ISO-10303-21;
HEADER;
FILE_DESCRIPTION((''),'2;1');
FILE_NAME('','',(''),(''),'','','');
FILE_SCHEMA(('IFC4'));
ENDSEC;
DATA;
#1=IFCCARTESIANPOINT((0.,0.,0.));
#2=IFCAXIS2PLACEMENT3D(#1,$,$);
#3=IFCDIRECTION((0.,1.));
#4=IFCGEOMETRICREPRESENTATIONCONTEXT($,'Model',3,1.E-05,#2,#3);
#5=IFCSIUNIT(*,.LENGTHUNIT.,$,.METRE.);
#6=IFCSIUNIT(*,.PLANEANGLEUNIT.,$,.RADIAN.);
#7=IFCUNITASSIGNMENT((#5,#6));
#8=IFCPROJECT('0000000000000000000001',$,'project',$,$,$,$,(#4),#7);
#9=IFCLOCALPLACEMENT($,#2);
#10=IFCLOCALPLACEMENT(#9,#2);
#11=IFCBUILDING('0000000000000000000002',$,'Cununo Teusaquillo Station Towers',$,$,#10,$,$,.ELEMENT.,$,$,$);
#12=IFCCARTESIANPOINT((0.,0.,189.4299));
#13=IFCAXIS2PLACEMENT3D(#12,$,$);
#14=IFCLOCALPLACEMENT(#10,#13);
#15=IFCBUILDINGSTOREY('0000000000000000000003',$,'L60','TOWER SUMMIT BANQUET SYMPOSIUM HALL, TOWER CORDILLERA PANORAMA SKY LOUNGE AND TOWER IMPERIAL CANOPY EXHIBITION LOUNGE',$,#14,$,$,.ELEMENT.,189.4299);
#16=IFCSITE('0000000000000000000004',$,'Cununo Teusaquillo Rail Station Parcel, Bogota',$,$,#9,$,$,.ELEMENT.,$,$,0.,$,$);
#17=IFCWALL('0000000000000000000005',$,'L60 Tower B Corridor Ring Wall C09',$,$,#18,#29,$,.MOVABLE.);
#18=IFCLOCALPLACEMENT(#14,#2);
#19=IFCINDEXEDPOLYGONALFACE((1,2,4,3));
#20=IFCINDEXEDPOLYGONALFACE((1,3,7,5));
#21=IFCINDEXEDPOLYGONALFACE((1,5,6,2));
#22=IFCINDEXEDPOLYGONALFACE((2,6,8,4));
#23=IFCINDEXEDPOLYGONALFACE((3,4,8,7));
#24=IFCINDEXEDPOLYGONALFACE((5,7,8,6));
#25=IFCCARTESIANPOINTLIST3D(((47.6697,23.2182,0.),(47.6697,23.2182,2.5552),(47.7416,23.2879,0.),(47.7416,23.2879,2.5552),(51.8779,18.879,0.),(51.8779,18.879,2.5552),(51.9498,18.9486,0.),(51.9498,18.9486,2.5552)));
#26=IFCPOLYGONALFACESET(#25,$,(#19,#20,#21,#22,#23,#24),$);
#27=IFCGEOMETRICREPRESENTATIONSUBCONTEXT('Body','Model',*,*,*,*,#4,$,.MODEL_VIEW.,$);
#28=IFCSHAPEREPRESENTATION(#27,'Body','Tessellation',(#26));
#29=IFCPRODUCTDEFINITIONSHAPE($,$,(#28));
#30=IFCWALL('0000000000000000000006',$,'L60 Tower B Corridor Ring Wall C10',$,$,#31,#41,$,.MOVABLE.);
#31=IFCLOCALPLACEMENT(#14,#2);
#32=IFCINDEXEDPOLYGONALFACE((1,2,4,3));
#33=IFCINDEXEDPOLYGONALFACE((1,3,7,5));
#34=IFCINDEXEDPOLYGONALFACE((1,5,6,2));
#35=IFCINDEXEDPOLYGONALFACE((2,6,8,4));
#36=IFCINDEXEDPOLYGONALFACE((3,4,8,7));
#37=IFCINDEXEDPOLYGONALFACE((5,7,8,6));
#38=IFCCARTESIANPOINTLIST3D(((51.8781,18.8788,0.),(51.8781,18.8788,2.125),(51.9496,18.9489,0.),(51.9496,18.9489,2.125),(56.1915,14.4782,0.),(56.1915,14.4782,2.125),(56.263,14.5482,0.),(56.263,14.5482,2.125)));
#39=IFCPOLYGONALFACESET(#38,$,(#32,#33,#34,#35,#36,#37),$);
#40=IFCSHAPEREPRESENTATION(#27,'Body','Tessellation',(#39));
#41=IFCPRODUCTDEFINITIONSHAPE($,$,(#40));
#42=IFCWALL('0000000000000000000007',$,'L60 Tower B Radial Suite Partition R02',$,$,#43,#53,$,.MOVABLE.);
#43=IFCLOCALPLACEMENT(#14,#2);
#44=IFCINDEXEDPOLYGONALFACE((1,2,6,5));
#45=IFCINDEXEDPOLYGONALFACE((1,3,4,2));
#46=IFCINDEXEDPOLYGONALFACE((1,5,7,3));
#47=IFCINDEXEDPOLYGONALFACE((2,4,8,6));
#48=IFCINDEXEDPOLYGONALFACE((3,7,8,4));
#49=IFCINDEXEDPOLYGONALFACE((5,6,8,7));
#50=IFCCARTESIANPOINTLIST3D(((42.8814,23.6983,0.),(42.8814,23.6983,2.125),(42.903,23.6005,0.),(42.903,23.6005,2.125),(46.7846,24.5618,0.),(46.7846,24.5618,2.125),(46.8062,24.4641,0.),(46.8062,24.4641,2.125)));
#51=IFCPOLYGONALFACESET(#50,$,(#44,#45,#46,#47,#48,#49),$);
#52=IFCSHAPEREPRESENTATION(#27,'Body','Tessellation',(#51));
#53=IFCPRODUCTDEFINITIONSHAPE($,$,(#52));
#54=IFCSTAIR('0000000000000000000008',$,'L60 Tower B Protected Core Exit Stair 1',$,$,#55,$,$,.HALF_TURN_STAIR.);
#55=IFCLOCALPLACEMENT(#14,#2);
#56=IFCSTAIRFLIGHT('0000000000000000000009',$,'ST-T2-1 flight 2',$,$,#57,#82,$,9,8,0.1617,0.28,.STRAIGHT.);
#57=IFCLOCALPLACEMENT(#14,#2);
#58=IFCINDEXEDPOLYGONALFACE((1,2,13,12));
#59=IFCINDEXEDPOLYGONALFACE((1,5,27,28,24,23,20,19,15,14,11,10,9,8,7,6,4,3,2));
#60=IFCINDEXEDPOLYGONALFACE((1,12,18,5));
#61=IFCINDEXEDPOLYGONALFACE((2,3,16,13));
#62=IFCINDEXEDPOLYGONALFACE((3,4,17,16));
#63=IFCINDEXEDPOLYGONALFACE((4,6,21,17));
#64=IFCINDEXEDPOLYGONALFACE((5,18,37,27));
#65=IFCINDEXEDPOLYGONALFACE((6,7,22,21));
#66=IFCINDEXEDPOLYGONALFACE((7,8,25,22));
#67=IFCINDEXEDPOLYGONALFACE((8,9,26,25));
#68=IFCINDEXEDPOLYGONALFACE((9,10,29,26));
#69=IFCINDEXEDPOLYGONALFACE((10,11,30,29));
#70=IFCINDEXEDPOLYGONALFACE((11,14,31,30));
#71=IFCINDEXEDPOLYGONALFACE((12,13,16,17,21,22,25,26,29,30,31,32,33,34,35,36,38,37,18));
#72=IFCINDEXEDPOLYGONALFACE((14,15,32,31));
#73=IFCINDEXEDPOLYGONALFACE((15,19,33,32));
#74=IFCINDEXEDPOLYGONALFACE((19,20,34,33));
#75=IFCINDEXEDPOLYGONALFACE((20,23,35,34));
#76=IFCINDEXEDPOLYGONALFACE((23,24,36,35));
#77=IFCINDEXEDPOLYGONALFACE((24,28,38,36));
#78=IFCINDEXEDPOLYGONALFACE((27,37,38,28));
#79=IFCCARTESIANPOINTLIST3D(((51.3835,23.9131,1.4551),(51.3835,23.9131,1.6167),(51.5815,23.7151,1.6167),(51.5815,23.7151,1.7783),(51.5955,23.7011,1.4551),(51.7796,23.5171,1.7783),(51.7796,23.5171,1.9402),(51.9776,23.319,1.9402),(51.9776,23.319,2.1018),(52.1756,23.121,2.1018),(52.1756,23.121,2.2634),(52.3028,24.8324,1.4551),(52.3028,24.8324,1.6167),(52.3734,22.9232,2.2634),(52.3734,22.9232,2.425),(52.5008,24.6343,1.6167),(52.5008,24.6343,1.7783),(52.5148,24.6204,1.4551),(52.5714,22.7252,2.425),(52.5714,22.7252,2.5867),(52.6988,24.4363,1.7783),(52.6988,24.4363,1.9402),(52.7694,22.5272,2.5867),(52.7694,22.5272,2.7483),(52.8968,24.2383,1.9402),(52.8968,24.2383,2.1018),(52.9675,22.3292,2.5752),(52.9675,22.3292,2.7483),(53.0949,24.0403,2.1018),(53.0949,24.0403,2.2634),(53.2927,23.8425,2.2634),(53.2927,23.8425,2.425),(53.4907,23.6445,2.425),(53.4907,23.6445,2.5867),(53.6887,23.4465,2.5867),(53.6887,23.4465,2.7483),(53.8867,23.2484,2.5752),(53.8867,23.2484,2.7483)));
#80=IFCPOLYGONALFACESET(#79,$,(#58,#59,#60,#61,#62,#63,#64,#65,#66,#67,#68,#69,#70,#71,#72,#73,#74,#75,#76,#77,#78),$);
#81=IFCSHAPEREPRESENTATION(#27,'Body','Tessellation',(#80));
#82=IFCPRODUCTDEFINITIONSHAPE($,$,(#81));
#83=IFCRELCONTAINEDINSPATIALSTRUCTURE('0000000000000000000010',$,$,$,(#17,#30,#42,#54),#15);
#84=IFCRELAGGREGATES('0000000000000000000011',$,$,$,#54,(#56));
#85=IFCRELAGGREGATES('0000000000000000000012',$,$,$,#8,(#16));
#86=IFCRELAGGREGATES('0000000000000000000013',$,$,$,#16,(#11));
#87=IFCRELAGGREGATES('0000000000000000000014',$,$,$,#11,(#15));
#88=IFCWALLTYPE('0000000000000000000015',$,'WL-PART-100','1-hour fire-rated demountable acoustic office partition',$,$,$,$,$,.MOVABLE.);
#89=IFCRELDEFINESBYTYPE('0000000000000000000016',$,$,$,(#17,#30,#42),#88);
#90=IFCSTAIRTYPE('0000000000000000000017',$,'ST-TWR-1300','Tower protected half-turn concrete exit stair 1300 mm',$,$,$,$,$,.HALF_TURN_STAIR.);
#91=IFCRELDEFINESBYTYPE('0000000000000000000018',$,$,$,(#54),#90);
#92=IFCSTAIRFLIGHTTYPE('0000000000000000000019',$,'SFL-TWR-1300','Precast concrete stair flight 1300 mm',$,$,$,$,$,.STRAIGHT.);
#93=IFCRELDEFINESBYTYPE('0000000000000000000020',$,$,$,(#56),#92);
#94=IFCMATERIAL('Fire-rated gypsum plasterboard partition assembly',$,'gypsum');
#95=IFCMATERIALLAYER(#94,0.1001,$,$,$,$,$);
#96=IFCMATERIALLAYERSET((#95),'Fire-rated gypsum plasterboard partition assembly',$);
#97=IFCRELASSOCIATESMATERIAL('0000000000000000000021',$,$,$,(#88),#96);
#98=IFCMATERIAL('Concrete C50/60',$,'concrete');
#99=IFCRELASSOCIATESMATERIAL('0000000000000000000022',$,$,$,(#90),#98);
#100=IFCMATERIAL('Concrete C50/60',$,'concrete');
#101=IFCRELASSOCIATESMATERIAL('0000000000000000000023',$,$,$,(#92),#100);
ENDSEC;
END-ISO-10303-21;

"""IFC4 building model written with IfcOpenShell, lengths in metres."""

from ifc_helpers import new_model, si_unit, direction, frame, frame_2d, origin, place, context, subcontext, project, spatial, polyline, rectangle, outline, extrude, material, layer, layer_set, type_object, element, aggregate, save


model = new_model("IFC4")

# Units and contexts
model_context = context("Model", 3, precision=1e-05, world=origin(), true_north=direction((0.0, 1.0)))
body_context = subcontext(model_context, "Body", "Model", "MODEL_VIEW")
ifc_project = project(units=[si_unit("LENGTHUNIT", "METRE"), si_unit("PLANEANGLEUNIT", "RADIAN")], contexts=[model_context])

# Site, building, storey
site_placement = place(None, origin())
site = spatial("IfcSite", under=ifc_project, at=site_placement, Name="Cununo Teusaquillo Rail Station Parcel, Bogota", CompositionType="ELEMENT", RefElevation=0.0)
building_placement = place(site_placement, origin())
building = spatial("IfcBuilding", under=site, at=building_placement, Name="Cununo Teusaquillo Station Towers", CompositionType="ELEMENT")
storey_placement = place(building_placement, frame((0.0, 0.0, 189.4299)))
storey = spatial("IfcBuildingStorey", under=building, at=storey_placement, Name="L60", Description="TOWER SUMMIT BANQUET SYMPOSIUM HALL, TOWER CORDILLERA PANORAMA SKY LOUNGE AND TOWER IMPERIAL CANOPY EXHIBITION LOUNGE", CompositionType="ELEMENT", Elevation=189.4299)

# Walls
ifc_material_1 = material(Name="Fire-rated gypsum plasterboard partition assembly", Category="gypsum")
ifc_layer_1 = layer(ifc_material_1, 0.1001)
ifc_layer_set_1 = layer_set([ifc_layer_1], Name="Fire-rated gypsum plasterboard partition assembly")
wall_type_1 = type_object("IfcWallType", Name="WL-PART-100", Description="1-hour fire-rated demountable acoustic office partition", PredefinedType="MOVABLE", material=ifc_layer_set_1)
wall_1_placement = place(storey_placement, frame((47.7056, 23.2532, 0.0), z_axis=(0.0, 0.0, 1.0), x_axis=(0.696179, -0.717868, 0.0)))
element("IfcWall", 1, at=wall_1_placement, inside=storey, type_object=wall_type_1, Name="L60 Tower B Corridor Ring Wall C09", PredefinedType="MOVABLE", context=body_context, shape_type="SweptSolid", body=[
    extrude(rectangle(XDim=6.0447, YDim=0.1001, at=frame_2d((3.0225, 0.0))), origin(), (0.0, 0.0, 1.0), 2.5552),
])
wall_2_placement = place(storey_placement, frame((51.9138, 18.9138, 0.0), z_axis=(0.0, 0.0, 1.0), x_axis=(0.699999, -0.714144, 0.0)))
element("IfcWall", 2, at=wall_2_placement, inside=storey, type_object=wall_type_1, Name="L60 Tower B Corridor Ring Wall C10", PredefinedType="MOVABLE", context=body_context, shape_type="SweptSolid", body=[
    extrude(rectangle(XDim=6.1621, YDim=0.1001, at=frame_2d((3.0811, 0.0))), origin(), (0.0, 0.0, 1.0), 2.125),
])
wall_3_placement = place(storey_placement, frame((46.7954, 24.5129, 0.0), z_axis=(0.0, 0.0, 1.0), x_axis=(-0.976389, -0.216019, 0.0)))
element("IfcWall", 3, at=wall_3_placement, inside=storey, type_object=wall_type_1, Name="L60 Tower B Radial Suite Partition R02", PredefinedType="MOVABLE", context=body_context, shape_type="SweptSolid", body=[
    extrude(rectangle(XDim=3.9976, YDim=0.1001, at=frame_2d((1.9988, 0.0))), origin(), (0.0, 0.0, 1.0), 2.125),
])

# Stair, stair flight
ifc_material_2 = material(Name="Concrete C50/60", Category="concrete")
stair_type = type_object("IfcStairType", Name="ST-TWR-1300", Description="Tower protected half-turn concrete exit stair 1300 mm", PredefinedType="HALF_TURN_STAIR", material=ifc_material_2)
stair_placement = place(storey_placement, origin())
stair = element("IfcStair", 4, at=stair_placement, inside=storey, type_object=stair_type, Name="L60 Tower B Protected Core Exit Stair 1", PredefinedType="HALF_TURN_STAIR")
ifc_material_3 = material(Name="Concrete C50/60", Category="concrete")
stair_flight_type = type_object("IfcStairFlightType", Name="SFL-TWR-1300", Description="Precast concrete stair flight 1300 mm", PredefinedType="STRAIGHT", material=ifc_material_3)
stair_flight_placement = place(storey_placement, frame((51.8433, 24.3728, 1.4551), z_axis=(0.0, 0.0, 1.0), x_axis=(0.707107, -0.707107, 0.0)))
stair_flight = element("IfcStairFlight", 5, at=stair_flight_placement, type_object=stair_flight_type, Name="ST-T2-1 flight 2", NumberOfRisers=9, NumberOfTreads=8, PredefinedType="STRAIGHT", RiserHeight=0.1617, TreadLength=0.28, context=body_context, shape_type="SweptSolid", body=[
    extrude(outline(polyline([(0.0, 0.0), (0.0, 0.1616), (0.28, 0.1616), (0.28, 0.3232), (0.5601, 0.3232), (0.5601, 0.4851), (0.8401, 0.4851), (0.8401, 0.6467), (1.1201, 0.6467), (1.1201, 0.8083), (1.3999, 0.8083), (1.3999, 0.97), (1.6799, 0.97), (1.6799, 1.1316), (1.96, 1.1316), (1.96, 1.2932), (2.24, 1.2932), (2.24, 1.4551), (2.24, 1.1201), (0.2998, 0.0), (0.0, 0.0)])), frame((0.0, 0.6499, 0.0), z_axis=(0.0, -1.0, 0.0), x_axis=(1.0, 0.0, 0.0)), (0.0, 0.0, 1.0), 1.3),
])
aggregate(stair, [stair_flight])

save(model, "model.ifc")
